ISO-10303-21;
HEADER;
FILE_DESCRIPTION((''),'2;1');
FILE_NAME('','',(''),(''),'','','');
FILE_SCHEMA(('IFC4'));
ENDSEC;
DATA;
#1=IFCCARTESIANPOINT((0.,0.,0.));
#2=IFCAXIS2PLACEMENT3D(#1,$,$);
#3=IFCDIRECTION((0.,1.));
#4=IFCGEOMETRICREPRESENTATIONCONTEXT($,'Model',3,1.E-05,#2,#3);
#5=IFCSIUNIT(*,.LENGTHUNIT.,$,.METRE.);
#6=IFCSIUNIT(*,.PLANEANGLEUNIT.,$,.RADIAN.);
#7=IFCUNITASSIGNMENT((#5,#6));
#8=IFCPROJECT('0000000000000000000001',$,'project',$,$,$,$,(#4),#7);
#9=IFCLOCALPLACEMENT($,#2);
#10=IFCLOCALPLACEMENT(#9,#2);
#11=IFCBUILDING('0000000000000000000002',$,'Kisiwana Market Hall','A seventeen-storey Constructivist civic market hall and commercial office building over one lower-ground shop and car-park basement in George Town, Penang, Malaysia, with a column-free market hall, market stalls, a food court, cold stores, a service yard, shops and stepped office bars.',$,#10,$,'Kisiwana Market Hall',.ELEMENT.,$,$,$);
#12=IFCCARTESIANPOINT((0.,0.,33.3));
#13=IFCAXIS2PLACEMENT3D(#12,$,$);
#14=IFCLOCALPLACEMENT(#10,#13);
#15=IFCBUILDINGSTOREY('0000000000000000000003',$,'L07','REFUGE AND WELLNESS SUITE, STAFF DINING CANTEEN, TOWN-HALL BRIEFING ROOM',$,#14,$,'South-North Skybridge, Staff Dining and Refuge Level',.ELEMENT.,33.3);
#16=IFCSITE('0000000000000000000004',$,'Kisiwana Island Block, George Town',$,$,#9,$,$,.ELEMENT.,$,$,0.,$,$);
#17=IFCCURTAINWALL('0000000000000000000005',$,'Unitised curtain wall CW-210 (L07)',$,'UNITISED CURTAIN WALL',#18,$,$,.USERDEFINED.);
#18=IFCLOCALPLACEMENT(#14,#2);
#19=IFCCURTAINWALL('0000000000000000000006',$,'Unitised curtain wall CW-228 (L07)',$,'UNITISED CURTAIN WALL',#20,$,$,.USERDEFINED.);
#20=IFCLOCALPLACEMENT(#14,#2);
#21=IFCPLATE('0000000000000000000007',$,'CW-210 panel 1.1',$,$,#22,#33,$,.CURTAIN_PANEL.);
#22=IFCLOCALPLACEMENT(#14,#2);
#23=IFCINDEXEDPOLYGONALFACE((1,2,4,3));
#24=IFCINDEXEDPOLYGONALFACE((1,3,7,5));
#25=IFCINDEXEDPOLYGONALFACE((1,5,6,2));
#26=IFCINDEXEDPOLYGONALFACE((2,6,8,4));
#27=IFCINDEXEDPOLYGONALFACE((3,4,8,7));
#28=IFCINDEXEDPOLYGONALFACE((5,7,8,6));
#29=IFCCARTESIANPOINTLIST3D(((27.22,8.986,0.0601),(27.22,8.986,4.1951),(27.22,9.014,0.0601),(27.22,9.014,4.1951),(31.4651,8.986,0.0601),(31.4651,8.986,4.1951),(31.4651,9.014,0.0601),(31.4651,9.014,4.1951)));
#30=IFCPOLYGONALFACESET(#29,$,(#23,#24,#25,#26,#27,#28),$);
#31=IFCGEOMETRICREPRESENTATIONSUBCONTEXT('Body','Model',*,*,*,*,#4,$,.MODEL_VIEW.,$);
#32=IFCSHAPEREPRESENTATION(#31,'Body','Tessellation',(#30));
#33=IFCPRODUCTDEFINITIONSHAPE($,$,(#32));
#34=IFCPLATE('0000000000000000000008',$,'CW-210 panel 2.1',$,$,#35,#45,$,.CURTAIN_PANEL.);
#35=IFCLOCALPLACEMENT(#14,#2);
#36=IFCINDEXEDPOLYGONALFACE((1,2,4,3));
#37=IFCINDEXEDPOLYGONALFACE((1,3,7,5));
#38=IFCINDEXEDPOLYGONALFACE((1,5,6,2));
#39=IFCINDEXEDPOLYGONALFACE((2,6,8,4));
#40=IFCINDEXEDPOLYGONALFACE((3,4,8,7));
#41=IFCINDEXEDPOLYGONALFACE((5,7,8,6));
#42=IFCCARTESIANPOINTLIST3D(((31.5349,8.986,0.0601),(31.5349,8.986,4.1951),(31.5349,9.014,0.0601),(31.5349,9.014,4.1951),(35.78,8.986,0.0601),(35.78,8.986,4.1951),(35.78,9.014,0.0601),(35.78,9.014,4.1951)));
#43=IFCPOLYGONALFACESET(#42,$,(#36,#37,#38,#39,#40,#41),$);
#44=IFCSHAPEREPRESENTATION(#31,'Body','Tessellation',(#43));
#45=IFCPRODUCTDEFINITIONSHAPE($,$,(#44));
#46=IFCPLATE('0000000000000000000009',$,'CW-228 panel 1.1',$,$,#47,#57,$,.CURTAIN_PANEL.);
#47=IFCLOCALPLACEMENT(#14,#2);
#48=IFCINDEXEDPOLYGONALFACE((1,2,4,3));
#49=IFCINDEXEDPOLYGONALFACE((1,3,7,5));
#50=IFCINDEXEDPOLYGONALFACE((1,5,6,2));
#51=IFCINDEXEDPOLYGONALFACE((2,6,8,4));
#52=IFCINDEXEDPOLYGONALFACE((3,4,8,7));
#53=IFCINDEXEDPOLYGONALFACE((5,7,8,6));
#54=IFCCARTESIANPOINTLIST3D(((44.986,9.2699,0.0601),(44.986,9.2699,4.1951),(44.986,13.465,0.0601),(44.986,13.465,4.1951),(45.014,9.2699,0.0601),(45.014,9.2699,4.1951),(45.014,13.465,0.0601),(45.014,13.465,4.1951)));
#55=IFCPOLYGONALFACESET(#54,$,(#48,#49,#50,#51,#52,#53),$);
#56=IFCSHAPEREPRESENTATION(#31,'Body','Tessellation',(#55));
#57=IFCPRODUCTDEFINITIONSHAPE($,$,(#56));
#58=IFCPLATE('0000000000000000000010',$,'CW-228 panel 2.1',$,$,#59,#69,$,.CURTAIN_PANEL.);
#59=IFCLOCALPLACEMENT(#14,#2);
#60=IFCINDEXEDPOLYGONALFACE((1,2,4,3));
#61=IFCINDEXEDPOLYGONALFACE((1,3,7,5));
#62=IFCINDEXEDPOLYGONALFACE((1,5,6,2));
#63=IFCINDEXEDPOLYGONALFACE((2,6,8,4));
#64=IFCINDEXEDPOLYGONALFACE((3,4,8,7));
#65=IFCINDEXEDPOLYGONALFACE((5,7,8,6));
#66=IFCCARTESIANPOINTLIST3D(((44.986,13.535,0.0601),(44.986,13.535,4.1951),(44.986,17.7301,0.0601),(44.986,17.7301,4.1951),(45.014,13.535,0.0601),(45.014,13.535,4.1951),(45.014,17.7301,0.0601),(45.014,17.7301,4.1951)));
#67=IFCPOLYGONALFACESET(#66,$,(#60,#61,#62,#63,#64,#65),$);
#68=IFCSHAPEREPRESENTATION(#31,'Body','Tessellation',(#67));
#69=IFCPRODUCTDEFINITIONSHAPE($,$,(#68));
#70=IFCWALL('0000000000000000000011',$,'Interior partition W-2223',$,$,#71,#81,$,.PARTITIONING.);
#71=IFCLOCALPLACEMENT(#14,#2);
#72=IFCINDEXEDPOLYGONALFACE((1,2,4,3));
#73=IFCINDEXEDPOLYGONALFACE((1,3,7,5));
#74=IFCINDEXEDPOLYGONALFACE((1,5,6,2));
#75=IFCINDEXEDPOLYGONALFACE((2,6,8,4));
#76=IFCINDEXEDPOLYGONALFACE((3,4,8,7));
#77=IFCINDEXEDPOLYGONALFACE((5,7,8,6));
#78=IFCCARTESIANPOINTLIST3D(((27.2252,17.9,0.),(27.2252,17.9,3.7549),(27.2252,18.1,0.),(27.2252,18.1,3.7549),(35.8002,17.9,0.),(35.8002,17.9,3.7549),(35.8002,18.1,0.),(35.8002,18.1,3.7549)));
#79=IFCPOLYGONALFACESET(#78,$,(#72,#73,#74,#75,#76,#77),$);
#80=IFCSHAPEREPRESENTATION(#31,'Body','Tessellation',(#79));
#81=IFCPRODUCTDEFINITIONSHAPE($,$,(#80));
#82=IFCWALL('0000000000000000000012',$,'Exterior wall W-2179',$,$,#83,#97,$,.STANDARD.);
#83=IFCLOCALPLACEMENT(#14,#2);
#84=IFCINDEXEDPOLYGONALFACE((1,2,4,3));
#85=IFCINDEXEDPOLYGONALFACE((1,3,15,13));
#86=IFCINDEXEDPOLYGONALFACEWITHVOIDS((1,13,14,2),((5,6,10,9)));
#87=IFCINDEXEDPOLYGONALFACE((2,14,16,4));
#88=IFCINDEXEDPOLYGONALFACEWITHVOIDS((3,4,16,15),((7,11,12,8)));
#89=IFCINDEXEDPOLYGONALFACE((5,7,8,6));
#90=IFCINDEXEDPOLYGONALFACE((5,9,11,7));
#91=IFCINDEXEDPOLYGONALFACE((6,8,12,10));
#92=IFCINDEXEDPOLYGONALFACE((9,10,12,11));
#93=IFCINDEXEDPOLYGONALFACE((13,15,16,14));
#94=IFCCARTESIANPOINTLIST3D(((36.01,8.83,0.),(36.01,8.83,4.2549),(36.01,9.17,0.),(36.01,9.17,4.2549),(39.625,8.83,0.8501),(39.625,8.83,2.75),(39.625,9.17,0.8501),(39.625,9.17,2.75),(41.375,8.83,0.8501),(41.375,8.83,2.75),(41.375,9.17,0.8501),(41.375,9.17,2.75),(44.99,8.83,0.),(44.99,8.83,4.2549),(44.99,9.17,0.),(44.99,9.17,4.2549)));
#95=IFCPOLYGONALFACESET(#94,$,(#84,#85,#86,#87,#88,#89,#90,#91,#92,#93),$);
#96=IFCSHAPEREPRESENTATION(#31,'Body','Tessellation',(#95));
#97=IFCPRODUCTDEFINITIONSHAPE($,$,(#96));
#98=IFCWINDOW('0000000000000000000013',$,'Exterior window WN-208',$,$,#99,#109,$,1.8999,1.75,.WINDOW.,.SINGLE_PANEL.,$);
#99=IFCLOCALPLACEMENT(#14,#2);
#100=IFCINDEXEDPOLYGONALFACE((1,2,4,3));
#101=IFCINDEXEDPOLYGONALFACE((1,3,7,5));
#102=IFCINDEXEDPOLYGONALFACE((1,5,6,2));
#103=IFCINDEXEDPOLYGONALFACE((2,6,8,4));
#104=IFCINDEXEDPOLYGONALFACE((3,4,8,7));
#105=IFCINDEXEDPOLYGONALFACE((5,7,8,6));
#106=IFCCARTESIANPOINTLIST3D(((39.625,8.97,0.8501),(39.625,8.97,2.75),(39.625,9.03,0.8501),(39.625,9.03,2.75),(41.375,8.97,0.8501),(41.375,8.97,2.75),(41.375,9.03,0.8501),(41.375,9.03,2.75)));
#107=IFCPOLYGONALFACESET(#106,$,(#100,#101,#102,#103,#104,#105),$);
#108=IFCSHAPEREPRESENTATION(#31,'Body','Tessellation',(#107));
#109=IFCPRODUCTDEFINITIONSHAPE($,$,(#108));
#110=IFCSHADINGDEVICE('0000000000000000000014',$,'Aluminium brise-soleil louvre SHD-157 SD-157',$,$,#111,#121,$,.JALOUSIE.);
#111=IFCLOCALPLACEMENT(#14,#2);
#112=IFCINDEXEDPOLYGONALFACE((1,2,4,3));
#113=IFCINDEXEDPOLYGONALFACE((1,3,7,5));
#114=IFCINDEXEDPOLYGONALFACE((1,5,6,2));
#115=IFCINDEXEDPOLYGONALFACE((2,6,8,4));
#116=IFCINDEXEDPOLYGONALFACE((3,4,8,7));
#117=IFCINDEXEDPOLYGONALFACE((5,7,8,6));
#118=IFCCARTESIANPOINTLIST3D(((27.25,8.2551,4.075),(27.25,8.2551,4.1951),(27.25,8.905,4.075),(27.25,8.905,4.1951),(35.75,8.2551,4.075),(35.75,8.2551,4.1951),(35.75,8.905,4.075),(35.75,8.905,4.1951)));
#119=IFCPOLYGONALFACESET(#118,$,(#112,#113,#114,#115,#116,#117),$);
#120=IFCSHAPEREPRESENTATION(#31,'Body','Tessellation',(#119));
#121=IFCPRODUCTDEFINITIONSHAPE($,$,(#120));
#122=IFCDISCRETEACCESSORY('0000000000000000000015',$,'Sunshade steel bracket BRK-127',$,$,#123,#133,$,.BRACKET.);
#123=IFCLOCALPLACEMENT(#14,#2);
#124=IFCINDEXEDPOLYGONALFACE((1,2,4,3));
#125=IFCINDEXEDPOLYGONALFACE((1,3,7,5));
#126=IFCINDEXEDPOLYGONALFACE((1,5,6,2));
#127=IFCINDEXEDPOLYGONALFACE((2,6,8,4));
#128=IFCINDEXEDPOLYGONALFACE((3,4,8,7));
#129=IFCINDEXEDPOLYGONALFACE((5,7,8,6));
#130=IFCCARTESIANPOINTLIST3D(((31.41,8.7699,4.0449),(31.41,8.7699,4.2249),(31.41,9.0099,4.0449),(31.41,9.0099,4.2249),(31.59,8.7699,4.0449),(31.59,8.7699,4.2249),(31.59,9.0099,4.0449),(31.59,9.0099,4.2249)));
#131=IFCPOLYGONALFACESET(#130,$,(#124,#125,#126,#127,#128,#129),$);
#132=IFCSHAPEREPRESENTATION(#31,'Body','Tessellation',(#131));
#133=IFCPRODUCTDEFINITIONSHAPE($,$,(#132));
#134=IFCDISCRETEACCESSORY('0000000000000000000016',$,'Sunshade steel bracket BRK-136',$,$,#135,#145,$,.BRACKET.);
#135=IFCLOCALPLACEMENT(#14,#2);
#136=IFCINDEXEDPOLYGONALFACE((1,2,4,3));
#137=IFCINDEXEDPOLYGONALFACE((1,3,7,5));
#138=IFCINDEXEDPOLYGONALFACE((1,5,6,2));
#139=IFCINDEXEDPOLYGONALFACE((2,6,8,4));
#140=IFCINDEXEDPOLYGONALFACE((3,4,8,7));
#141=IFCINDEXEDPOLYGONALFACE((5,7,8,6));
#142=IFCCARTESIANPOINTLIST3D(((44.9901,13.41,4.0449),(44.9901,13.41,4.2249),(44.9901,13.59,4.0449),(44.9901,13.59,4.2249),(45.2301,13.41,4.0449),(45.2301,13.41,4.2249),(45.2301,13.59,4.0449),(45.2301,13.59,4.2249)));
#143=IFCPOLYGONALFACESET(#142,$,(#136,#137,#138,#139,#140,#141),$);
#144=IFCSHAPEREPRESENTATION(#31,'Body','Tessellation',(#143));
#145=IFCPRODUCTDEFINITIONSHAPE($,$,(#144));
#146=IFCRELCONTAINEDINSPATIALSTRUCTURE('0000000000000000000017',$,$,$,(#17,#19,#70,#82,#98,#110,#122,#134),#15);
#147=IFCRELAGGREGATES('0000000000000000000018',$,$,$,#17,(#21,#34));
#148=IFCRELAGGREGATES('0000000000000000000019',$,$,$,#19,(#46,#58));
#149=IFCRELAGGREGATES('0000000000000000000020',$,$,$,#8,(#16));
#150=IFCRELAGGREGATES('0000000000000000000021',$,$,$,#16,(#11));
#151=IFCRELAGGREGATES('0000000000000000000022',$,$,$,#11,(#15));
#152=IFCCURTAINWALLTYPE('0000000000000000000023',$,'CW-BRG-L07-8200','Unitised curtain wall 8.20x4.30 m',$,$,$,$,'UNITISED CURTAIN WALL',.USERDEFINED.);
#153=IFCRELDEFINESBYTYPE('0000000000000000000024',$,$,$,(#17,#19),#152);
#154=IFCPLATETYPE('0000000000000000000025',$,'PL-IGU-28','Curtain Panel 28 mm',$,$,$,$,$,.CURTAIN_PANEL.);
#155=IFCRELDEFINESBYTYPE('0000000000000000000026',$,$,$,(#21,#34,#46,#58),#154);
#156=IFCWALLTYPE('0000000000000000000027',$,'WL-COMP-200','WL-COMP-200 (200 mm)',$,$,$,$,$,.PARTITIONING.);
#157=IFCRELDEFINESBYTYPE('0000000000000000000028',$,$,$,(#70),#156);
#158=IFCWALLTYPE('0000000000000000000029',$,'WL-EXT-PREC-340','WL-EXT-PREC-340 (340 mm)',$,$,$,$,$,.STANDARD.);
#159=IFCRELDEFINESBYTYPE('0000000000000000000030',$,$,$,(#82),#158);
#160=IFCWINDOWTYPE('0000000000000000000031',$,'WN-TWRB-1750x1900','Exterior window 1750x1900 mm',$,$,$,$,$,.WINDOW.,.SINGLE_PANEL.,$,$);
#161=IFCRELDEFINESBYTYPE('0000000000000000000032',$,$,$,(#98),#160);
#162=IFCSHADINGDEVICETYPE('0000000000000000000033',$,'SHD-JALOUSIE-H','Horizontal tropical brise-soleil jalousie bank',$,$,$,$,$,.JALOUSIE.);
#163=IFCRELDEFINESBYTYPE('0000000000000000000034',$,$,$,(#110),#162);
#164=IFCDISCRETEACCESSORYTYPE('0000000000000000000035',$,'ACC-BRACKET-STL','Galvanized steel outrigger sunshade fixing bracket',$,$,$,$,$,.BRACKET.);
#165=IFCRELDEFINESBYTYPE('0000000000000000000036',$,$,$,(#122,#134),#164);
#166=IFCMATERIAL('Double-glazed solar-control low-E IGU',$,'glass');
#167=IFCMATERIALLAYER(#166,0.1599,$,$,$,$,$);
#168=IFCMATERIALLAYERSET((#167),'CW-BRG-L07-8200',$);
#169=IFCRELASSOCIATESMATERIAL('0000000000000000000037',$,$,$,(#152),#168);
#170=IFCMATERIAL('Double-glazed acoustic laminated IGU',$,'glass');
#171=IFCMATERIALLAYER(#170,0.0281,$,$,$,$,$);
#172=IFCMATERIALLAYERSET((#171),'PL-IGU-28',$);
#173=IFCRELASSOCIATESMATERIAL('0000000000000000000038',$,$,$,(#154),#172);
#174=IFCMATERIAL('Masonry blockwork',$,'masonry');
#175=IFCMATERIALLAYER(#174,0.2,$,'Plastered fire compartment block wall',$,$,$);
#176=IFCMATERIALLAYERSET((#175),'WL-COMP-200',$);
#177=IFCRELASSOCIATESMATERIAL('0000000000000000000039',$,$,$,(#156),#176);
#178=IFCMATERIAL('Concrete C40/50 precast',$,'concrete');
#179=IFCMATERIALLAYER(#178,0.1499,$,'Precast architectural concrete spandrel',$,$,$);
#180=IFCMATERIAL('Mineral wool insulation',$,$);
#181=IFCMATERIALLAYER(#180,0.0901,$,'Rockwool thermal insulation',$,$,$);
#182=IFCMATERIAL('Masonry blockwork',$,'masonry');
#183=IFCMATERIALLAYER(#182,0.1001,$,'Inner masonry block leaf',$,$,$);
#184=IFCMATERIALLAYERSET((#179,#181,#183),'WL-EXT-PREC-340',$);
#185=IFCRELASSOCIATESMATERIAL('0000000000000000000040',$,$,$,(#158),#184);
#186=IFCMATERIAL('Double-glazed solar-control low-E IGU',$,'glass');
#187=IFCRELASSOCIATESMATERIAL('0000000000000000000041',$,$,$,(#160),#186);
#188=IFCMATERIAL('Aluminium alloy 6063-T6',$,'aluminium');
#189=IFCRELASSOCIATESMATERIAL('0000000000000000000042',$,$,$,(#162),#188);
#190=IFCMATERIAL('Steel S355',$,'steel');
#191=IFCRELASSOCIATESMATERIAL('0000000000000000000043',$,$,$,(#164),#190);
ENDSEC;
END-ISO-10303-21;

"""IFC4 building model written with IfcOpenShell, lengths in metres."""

from ifc_helpers import new_model, si_unit, direction, frame, frame_2d, origin, origin_2d, place, context, subcontext, project, spatial, rectangle, extrude, material, layer, layer_set, type_object, element, fill, aggregate, save


model = new_model("IFC4")

# Units and contexts
model_context = context("Model", 3, precision=1e-05, world=origin(), true_north=direction((0.0, 1.0)))
body_context = subcontext(model_context, "Body", "Model", "MODEL_VIEW")
ifc_project = project(units=[si_unit("LENGTHUNIT", "METRE"), si_unit("PLANEANGLEUNIT", "RADIAN")], contexts=[model_context])

# Site, building, storey
site_placement = place(None, origin())
site = spatial("IfcSite", under=ifc_project, at=site_placement, Name="Kisiwana Island Block, George Town", CompositionType="ELEMENT", RefElevation=0.0)
building_placement = place(site_placement, origin())
building = spatial("IfcBuilding", under=site, at=building_placement, Name="Kisiwana Market Hall", Description="A seventeen-storey Constructivist civic market hall and commercial office building over one lower-ground shop and car-park basement in George Town, Penang, Malaysia, with a column-free market hall, market stalls, a food court, cold stores, a service yard, shops and stepped office bars.", LongName="Kisiwana Market Hall", CompositionType="ELEMENT")
storey_placement = place(building_placement, frame((0.0, 0.0, 33.3)))
storey = spatial("IfcBuildingStorey", under=building, at=storey_placement, Name="L07", Description="REFUGE AND WELLNESS SUITE, STAFF DINING CANTEEN, TOWN-HALL BRIEFING ROOM", LongName="South-North Skybridge, Staff Dining and Refuge Level", CompositionType="ELEMENT", Elevation=33.3)

# Curtain walls
ifc_material_1 = material(Name="Double-glazed solar-control low-E IGU", Category="glass")
ifc_layer_1 = layer(ifc_material_1, 0.1599)
ifc_layer_set_1 = layer_set([ifc_layer_1], Name="CW-BRG-L07-8200")
curtain_wall_type = type_object("IfcCurtainWallType", Name="CW-BRG-L07-8200", Description="Unitised curtain wall 8.20x4.30 m", ElementType="UNITISED CURTAIN WALL", PredefinedType="USERDEFINED", material=ifc_layer_set_1)
curtain_wall_1_placement = place(storey_placement, origin())
curtain_wall_1 = element("IfcCurtainWall", 1, at=curtain_wall_1_placement, inside=storey, type_object=curtain_wall_type, Name="Unitised curtain wall CW-210 (L07)", ObjectType="UNITISED CURTAIN WALL", PredefinedType="USERDEFINED")
curtain_wall_2_placement = place(storey_placement, origin())
curtain_wall_2 = element("IfcCurtainWall", 2, at=curtain_wall_2_placement, inside=storey, type_object=curtain_wall_type, Name="Unitised curtain wall CW-228 (L07)", ObjectType="UNITISED CURTAIN WALL", PredefinedType="USERDEFINED")

# Plates
ifc_material_2 = material(Name="Double-glazed acoustic laminated IGU", Category="glass")
ifc_layer_2 = layer(ifc_material_2, 0.0281)
ifc_layer_set_2 = layer_set([ifc_layer_2], Name="PL-IGU-28")
plate_type = type_object("IfcPlateType", Name="PL-IGU-28", Description="Curtain Panel 28 mm", PredefinedType="CURTAIN_PANEL", material=ifc_layer_set_2)
plate_1_placement = place(storey_placement, frame((29.3425, 9.0, 0.0601), z_axis=(0.0, 0.0, 1.0), x_axis=(1.0, 0.0, 0.0)))
plate_1 = element("IfcPlate", 3, at=plate_1_placement, type_object=plate_type, Name="CW-210 panel 1.1", PredefinedType="CURTAIN_PANEL", context=body_context, shape_type="SweptSolid", body=[
    extrude(rectangle(XDim=4.2451, YDim=0.0281, at=origin_2d()), origin(), (0.0, 0.0, 1.0), 4.135),
])
plate_2_placement = place(storey_placement, frame((33.6575, 9.0, 0.0601), z_axis=(0.0, 0.0, 1.0), x_axis=(1.0, 0.0, 0.0)))
plate_2 = element("IfcPlate", 4, at=plate_2_placement, type_object=plate_type, Name="CW-210 panel 2.1", PredefinedType="CURTAIN_PANEL", context=body_context, shape_type="SweptSolid", body=[
    extrude(rectangle(XDim=4.2451, YDim=0.0281, at=origin_2d()), origin(), (0.0, 0.0, 1.0), 4.135),
])
aggregate(curtain_wall_1, [plate_1, plate_2])
plate_3_placement = place(storey_placement, frame((45.0, 11.3674, 0.0601), z_axis=(0.0, 0.0, 1.0), x_axis=(0.0, 1.0, 0.0)))
plate_3 = element("IfcPlate", 5, at=plate_3_placement, type_object=plate_type, Name="CW-228 panel 1.1", PredefinedType="CURTAIN_PANEL", context=body_context, shape_type="SweptSolid", body=[
    extrude(rectangle(XDim=4.1951, YDim=0.0281, at=origin_2d()), origin(), (0.0, 0.0, 1.0), 4.135),
])
plate_4_placement = place(storey_placement, frame((45.0, 15.6326, 0.0601), z_axis=(0.0, 0.0, 1.0), x_axis=(0.0, 1.0, 0.0)))
plate_4 = element("IfcPlate", 6, at=plate_4_placement, type_object=plate_type, Name="CW-228 panel 2.1", PredefinedType="CURTAIN_PANEL", context=body_context, shape_type="SweptSolid", body=[
    extrude(rectangle(XDim=4.1951, YDim=0.0281, at=origin_2d()), origin(), (0.0, 0.0, 1.0), 4.135),
])
aggregate(curtain_wall_2, [plate_3, plate_4])

# Wall
ifc_material_3 = material(Name="Masonry blockwork", Category="masonry")
ifc_layer_3 = layer(ifc_material_3, 0.2, Name="Plastered fire compartment block wall")
ifc_layer_set_3 = layer_set([ifc_layer_3], Name="WL-COMP-200")
wall_type_1 = type_object("IfcWallType", Name="WL-COMP-200", Description="WL-COMP-200 (200 mm)", PredefinedType="PARTITIONING", material=ifc_layer_set_3)
wall_1_placement = place(storey_placement, frame((27.2251, 18.0, 0.0), z_axis=(0.0, 0.0, 1.0), x_axis=(1.0, 0.0, 0.0)))
element("IfcWall", 7, at=wall_1_placement, inside=storey, type_object=wall_type_1, Name="Interior partition W-2223", PredefinedType="PARTITIONING", context=body_context, shape_type="SweptSolid", body=[
    extrude(rectangle(XDim=8.575, YDim=0.2, at=frame_2d((4.2876, 0.0))), origin(), (0.0, 0.0, 1.0), 3.7549),
])

# Wall, opening, window
ifc_material_4 = material(Name="Concrete C40/50 precast", Category="concrete")
ifc_layer_4 = layer(ifc_material_4, 0.1499, Name="Precast architectural concrete spandrel")
ifc_material_5 = material(Name="Mineral wool insulation")
ifc_layer_5 = layer(ifc_material_5, 0.0901, Name="Rockwool thermal insulation")
ifc_material_6 = material(Name="Masonry blockwork", Category="masonry")
ifc_layer_6 = layer(ifc_material_6, 0.1001, Name="Inner masonry block leaf")
ifc_layer_set_4 = layer_set([ifc_layer_4, ifc_layer_5, ifc_layer_6], Name="WL-EXT-PREC-340")
wall_type_2 = type_object("IfcWallType", Name="WL-EXT-PREC-340", Description="WL-EXT-PREC-340 (340 mm)", PredefinedType="STANDARD", material=ifc_layer_set_4)
wall_2_placement = place(storey_placement, frame((36.01, 9.0, 0.0), z_axis=(0.0, 0.0, 1.0), x_axis=(1.0, 0.0, 0.0)))
wall_2 = element("IfcWall", 8, at=wall_2_placement, inside=storey, type_object=wall_type_2, Name="Exterior wall W-2179", PredefinedType="STANDARD", context=body_context, shape_type="SweptSolid", body=[
    extrude(rectangle(XDim=8.98, YDim=0.3401, at=frame_2d((4.49, 0.0))), origin(), (0.0, 0.0, 1.0), 4.2549),
])
opening_placement = place(wall_2_placement, frame((3.615, 0.0, 0.8501)))
opening = element("IfcOpeningElement", 9, at=opening_placement, cuts=wall_2, PredefinedType="OPENING", context=body_context, shape_type="SweptSolid", body=[
    extrude(rectangle(XDim=1.75, YDim=1.8999, at=frame_2d((0.875, 0.95))), frame((0.0, 0.1821, 0.0), z_axis=(0.0, -1.0, 0.0), x_axis=(1.0, 0.0, 0.0)), (0.0, 0.0, 1.0), 0.364),
])
ifc_material_7 = material(Name="Double-glazed solar-control low-E IGU", Category="glass")
window_type = type_object("IfcWindowType", Name="WN-TWRB-1750x1900", Description="Exterior window 1750x1900 mm", PartitioningType="SINGLE_PANEL", PredefinedType="WINDOW", material=ifc_material_7)
window_placement = place(opening_placement, origin())
window = element("IfcWindow", 10, at=window_placement, inside=storey, type_object=window_type, Name="Exterior window WN-208", OverallHeight=1.8999, OverallWidth=1.75, PartitioningType="SINGLE_PANEL", PredefinedType="WINDOW", context=body_context, shape_type="SweptSolid", body=[
    extrude(rectangle(XDim=1.75, YDim=1.8999, at=frame_2d((0.875, 0.95))), frame((0.0, 0.03, 0.0), z_axis=(0.0, -1.0, 0.0), x_axis=(1.0, 0.0, 0.0)), (0.0, 0.0, 1.0), 0.0601),
])
fill(opening, window)

# Shading device
ifc_material_8 = material(Name="Aluminium alloy 6063-T6", Category="aluminium")
shading_device_type = type_object("IfcShadingDeviceType", Name="SHD-JALOUSIE-H", Description="Horizontal tropical brise-soleil jalousie bank", PredefinedType="JALOUSIE", material=ifc_material_8)
shading_device_placement = place(storey_placement, frame((31.5, 8.5801, 4.075), z_axis=(0.0, 0.0, 1.0), x_axis=(1.0, 0.0, 0.0)))
element("IfcShadingDevice", 11, at=shading_device_placement, inside=storey, type_object=shading_device_type, Name="Aluminium brise-soleil louvre SHD-157 SD-157", PredefinedType="JALOUSIE", context=body_context, shape_type="SweptSolid", body=[
    extrude(rectangle(XDim=8.5, YDim=0.6499, at=origin_2d()), origin(), (0.0, 0.0, 1.0), 0.1201),
])

# Discrete accessories
ifc_material_9 = material(Name="Steel S355", Category="steel")
discrete_accessory_type = type_object("IfcDiscreteAccessoryType", Name="ACC-BRACKET-STL", Description="Galvanized steel outrigger sunshade fixing bracket", PredefinedType="BRACKET", material=ifc_material_9)
for number, where, z_axis, x_axis, name in (
    (12, (31.5, 8.8899, 4.0449), (0.0, 0.0, 1.0), (1.0, 0.0, 0.0), "Sunshade steel bracket BRK-127"),
    (13, (45.1101, 13.5, 4.0449), (0.0, 0.0, 1.0), (0.0, 1.0, 0.0), "Sunshade steel bracket BRK-136"),
):
    element("IfcDiscreteAccessory", number, at=place(storey_placement, frame(where, z_axis=z_axis, x_axis=x_axis)), inside=storey, type_object=discrete_accessory_type, Name=name, PredefinedType="BRACKET", context=body_context, shape_type="SweptSolid", body=[
        extrude(rectangle(XDim=0.1799, YDim=0.24, at=origin_2d()), origin(), (0.0, 0.0, 1.0), 0.1799),
    ])

save(model, "model.ifc")
